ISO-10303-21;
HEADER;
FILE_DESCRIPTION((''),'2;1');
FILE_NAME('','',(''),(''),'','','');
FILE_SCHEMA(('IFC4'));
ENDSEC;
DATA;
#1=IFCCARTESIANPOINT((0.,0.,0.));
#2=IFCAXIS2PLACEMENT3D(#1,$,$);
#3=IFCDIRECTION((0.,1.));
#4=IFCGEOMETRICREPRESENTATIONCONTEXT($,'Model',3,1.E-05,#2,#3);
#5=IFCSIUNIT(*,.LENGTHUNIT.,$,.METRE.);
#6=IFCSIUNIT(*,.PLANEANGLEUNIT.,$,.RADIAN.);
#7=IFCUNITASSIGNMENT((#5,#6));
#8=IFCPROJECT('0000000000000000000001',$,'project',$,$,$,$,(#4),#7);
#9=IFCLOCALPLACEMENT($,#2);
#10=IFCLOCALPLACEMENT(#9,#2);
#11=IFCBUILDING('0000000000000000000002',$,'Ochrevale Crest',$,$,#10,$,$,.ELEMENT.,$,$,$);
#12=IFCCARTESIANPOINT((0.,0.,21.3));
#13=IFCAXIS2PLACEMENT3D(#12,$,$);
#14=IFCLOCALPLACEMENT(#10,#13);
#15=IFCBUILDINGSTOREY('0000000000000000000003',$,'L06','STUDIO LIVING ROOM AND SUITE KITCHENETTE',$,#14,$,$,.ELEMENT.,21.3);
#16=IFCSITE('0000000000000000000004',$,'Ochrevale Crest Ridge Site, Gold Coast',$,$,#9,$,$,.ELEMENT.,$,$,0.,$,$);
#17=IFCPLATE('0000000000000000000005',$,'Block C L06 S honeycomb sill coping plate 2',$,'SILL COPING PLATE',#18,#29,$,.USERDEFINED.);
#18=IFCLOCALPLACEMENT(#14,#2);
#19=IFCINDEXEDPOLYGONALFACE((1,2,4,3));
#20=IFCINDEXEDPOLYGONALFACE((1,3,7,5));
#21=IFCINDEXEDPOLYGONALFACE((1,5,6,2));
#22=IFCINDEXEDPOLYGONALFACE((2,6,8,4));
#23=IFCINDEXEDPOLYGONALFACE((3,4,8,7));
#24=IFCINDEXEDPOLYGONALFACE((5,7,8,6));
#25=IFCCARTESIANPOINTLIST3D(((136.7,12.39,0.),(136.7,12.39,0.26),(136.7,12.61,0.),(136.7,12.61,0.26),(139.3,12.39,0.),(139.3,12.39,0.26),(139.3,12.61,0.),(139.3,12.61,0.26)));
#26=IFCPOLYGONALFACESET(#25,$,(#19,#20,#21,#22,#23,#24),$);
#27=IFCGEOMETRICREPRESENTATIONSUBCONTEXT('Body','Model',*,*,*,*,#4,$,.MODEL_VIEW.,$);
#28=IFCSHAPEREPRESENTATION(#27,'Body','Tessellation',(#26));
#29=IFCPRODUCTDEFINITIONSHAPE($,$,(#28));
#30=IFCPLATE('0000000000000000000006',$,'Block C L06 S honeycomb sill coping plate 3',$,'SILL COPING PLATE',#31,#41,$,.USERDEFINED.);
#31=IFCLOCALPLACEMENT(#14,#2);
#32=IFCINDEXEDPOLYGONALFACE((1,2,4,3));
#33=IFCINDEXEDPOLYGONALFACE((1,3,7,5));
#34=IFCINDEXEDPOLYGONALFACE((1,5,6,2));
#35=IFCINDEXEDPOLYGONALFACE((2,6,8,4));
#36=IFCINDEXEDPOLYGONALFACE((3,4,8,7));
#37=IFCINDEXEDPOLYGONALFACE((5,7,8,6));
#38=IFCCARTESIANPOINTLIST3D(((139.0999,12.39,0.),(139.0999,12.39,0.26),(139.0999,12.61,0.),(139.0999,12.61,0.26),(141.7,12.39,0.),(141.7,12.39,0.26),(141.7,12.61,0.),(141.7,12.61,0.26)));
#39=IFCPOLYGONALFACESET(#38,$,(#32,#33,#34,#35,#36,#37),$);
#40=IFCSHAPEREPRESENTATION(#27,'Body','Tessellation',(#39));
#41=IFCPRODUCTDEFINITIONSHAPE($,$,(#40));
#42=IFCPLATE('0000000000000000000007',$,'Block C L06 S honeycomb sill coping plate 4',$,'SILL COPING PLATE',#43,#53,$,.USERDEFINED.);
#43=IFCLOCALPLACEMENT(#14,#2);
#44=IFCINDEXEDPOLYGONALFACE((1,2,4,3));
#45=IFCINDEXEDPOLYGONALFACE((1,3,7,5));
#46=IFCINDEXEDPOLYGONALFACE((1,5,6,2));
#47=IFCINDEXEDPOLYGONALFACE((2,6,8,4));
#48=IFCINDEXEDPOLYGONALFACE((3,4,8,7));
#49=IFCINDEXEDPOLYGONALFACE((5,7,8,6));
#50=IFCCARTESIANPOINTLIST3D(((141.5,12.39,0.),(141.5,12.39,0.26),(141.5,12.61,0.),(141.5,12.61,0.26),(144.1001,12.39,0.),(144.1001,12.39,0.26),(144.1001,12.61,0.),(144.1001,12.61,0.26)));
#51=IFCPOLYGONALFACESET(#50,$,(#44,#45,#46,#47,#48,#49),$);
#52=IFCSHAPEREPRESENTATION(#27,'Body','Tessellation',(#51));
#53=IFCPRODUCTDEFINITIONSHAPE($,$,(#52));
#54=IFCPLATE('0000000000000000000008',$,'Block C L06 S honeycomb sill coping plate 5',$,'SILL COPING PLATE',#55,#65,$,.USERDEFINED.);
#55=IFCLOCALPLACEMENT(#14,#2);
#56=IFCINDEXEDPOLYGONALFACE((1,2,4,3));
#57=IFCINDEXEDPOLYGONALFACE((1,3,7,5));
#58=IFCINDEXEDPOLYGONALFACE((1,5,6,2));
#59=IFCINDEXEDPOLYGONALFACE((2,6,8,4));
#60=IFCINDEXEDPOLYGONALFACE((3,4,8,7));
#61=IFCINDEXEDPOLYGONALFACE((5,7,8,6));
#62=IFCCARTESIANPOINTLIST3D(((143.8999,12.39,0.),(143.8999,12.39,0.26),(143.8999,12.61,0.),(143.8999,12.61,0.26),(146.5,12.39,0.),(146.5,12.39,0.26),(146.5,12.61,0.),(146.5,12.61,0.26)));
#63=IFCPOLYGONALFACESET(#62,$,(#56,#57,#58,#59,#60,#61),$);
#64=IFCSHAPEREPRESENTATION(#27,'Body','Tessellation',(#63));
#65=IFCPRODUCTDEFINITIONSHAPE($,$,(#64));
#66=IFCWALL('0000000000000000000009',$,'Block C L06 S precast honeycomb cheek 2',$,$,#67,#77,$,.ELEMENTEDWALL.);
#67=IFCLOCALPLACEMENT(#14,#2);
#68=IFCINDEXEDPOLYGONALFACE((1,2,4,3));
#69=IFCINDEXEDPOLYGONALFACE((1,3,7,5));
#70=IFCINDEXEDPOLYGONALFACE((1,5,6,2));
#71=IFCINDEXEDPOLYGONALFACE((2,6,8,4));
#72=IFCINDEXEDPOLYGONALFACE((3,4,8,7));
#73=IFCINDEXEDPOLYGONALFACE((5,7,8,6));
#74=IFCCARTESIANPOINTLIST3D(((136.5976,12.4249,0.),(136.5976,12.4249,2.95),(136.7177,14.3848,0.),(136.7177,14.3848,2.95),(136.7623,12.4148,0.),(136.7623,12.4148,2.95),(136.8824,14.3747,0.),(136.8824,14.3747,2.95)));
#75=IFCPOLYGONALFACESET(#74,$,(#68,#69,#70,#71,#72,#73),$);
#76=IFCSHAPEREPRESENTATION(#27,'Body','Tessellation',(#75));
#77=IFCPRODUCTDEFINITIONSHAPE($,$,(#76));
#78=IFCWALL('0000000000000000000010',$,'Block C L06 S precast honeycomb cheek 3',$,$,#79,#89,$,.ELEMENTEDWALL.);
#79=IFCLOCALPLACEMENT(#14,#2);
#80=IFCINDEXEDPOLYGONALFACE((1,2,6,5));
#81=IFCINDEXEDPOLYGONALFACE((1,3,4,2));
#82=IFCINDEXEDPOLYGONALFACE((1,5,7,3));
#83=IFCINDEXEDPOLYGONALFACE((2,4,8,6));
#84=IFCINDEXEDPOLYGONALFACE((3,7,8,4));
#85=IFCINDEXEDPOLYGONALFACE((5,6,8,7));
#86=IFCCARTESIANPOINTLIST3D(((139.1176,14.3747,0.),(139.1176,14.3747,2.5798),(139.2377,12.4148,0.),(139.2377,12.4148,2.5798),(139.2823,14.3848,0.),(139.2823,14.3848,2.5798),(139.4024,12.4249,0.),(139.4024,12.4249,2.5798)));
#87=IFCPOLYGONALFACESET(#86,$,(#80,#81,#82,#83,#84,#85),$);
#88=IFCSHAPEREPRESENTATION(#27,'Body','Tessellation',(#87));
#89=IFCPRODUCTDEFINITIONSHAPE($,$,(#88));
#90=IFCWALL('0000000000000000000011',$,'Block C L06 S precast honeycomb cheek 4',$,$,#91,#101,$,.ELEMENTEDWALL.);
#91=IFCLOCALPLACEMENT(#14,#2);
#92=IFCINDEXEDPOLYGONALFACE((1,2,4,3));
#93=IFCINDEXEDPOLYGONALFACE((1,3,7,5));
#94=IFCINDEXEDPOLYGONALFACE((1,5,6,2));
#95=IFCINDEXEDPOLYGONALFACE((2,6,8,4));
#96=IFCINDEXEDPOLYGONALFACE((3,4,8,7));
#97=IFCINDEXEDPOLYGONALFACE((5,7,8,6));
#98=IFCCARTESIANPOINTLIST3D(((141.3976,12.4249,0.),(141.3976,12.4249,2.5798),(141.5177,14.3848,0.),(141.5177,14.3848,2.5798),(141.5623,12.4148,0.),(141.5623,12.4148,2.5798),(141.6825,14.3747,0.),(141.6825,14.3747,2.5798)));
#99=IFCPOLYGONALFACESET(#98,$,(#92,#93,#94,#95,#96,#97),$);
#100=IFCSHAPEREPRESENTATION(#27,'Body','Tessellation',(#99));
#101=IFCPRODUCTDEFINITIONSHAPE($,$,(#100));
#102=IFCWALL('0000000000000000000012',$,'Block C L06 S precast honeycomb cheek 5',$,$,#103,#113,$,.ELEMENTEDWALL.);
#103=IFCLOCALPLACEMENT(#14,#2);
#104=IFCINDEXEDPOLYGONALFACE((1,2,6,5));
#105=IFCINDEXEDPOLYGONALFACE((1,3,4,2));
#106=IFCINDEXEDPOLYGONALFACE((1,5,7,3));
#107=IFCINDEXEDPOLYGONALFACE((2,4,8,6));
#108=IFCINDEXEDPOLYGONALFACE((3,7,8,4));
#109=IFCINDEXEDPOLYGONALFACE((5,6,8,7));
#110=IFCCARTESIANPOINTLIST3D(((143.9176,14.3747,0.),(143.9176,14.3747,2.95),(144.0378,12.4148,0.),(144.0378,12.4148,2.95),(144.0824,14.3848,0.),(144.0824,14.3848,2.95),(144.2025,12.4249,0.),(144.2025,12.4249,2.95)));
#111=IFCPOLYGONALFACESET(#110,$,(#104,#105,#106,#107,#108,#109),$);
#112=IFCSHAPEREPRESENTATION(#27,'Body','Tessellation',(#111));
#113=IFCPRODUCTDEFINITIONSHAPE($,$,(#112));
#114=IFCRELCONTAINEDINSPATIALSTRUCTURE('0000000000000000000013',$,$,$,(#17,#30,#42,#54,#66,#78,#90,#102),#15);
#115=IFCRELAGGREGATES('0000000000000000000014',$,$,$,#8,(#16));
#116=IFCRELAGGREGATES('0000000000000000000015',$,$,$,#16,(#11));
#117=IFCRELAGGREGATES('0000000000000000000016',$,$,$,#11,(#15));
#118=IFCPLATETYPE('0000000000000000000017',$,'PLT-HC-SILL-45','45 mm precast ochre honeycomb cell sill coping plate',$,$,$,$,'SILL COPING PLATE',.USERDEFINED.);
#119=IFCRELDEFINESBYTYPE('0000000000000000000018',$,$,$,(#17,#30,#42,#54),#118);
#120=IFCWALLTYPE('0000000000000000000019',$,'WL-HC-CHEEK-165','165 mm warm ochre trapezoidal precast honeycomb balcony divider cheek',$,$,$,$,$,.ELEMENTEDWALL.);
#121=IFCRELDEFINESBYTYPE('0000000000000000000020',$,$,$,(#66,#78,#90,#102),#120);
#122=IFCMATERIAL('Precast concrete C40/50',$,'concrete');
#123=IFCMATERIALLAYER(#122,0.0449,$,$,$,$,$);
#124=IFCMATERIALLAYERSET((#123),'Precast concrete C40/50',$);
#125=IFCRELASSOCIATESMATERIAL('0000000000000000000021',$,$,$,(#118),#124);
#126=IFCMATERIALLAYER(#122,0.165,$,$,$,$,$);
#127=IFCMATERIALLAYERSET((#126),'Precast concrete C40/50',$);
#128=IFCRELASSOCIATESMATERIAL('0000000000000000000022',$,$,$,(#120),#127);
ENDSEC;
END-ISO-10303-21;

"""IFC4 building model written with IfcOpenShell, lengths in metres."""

from ifc_helpers import new_model, si_unit, direction, frame, frame_2d, origin, origin_2d, place, context, subcontext, project, spatial, rectangle, extrude, material, layer, layer_set, type_object, element, save


model = new_model("IFC4")

# Units and contexts
model_context = context("Model", 3, precision=1e-05, world=origin(), true_north=direction((0.0, 1.0)))
body_context = subcontext(model_context, "Body", "Model", "MODEL_VIEW")
ifc_project = project(units=[si_unit("LENGTHUNIT", "METRE"), si_unit("PLANEANGLEUNIT", "RADIAN")], contexts=[model_context])

# Site, building, storey
site_placement = place(None, origin())
site = spatial("IfcSite", under=ifc_project, at=site_placement, Name="Ochrevale Crest Ridge Site, Gold Coast", CompositionType="ELEMENT", RefElevation=0.0)
building_placement = place(site_placement, origin())
building = spatial("IfcBuilding", under=site, at=building_placement, Name="Ochrevale Crest", CompositionType="ELEMENT")
storey_placement = place(building_placement, frame((0.0, 0.0, 21.3)))
storey = spatial("IfcBuildingStorey", under=building, at=storey_placement, Name="L06", Description="STUDIO LIVING ROOM AND SUITE KITCHENETTE", CompositionType="ELEMENT", Elevation=21.3)

# Shared definitions
ifc_material_1 = material(Name="Precast concrete C40/50", Category="concrete")

# Plates
ifc_layer_1 = layer(ifc_material_1, 0.0449)
ifc_layer_set_1 = layer_set([ifc_layer_1], Name="Precast concrete C40/50")
plate_type_1 = type_object("IfcPlateType", Name="PLT-HC-SILL-45", Description="45 mm precast ochre honeycomb cell sill coping plate", ElementType="SILL COPING PLATE", PredefinedType="USERDEFINED", material=ifc_layer_set_1)
for number, where, z_axis, x_axis, name in (
    (1, (138.0, 12.5, 0.0), (0.0, 0.0, 1.0), (1.0, 0.0, 0.0), "Block C L06 S honeycomb sill coping plate 2"),
    (2, (140.3999, 12.5, 0.0), (0.0, 0.0, 1.0), (1.0, 0.0, 0.0), "Block C L06 S honeycomb sill coping plate 3"),
    (3, (142.8, 12.5, 0.0), (0.0, 0.0, 1.0), (1.0, 0.0, 0.0), "Block C L06 S honeycomb sill coping plate 4"),
    (4, (145.2, 12.5, 0.0), (0.0, 0.0, 1.0), (1.0, 0.0, 0.0), "Block C L06 S honeycomb sill coping plate 5"),
):
    element("IfcPlate", number, at=place(storey_placement, frame(where, z_axis=z_axis, x_axis=x_axis)), inside=storey, type_object=plate_type_1, Name=name, ObjectType="SILL COPING PLATE", PredefinedType="USERDEFINED", context=body_context, shape_type="SweptSolid", body=[
        extrude(rectangle(XDim=2.6001, YDim=0.22, at=origin_2d()), origin(), (0.0, 0.0, 1.0), 0.26),
    ])

# Walls
ifc_layer_2 = layer(ifc_material_1, 0.165)
ifc_layer_set_2 = layer_set([ifc_layer_2], Name="Precast concrete C40/50")
wall_type = type_object("IfcWallType", Name="WL-HC-CHEEK-165", Description="165 mm warm ochre trapezoidal precast honeycomb balcony divider cheek", PredefinedType="ELEMENTEDWALL", material=ifc_layer_set_2)
wall_1_placement = place(storey_placement, frame((136.8, 14.3799, 0.0), z_axis=(0.0, 0.0, 1.0), x_axis=(-0.061171, -0.998127, 0.0)))
element("IfcWall", 5, at=wall_1_placement, inside=storey, type_object=wall_type, Name="Block C L06 S precast honeycomb cheek 2", PredefinedType="ELEMENTEDWALL", context=body_context, shape_type="SweptSolid", body=[
    extrude(rectangle(XDim=1.9636, YDim=0.165, at=frame_2d((0.9819, 0.0))), origin(), (0.0, 0.0, 1.0), 2.95),
])
for number, where, z_axis, x_axis, name in (
    (6, (139.2, 14.3799, 0.0), (0.0, 0.0, 1.0), (0.061171, -0.998127, 0.0), "Block C L06 S precast honeycomb cheek 3"),
    (7, (141.6001, 14.3799, 0.0), (0.0, 0.0, 1.0), (-0.061171, -0.998127, 0.0), "Block C L06 S precast honeycomb cheek 4"),
):
    element("IfcWall", number, at=place(storey_placement, frame(where, z_axis=z_axis, x_axis=x_axis)), inside=storey, type_object=wall_type, Name=name, PredefinedType="ELEMENTEDWALL", context=body_context, shape_type="SweptSolid", body=[
        extrude(rectangle(XDim=1.9636, YDim=0.165, at=frame_2d((0.9819, 0.0))), origin(), (0.0, 0.0, 1.0), 2.5798),
    ])
wall_2_placement = place(storey_placement, frame((144.0, 14.3799, 0.0), z_axis=(0.0, 0.0, 1.0), x_axis=(0.061171, -0.998127, 0.0)))
element("IfcWall", 8, at=wall_2_placement, inside=storey, type_object=wall_type, Name="Block C L06 S precast honeycomb cheek 5", PredefinedType="ELEMENTEDWALL", context=body_context, shape_type="SweptSolid", body=[
    extrude(rectangle(XDim=1.9636, YDim=0.165, at=frame_2d((0.9819, 0.0))), origin(), (0.0, 0.0, 1.0), 2.95),
])

save(model, "model.ifc")
